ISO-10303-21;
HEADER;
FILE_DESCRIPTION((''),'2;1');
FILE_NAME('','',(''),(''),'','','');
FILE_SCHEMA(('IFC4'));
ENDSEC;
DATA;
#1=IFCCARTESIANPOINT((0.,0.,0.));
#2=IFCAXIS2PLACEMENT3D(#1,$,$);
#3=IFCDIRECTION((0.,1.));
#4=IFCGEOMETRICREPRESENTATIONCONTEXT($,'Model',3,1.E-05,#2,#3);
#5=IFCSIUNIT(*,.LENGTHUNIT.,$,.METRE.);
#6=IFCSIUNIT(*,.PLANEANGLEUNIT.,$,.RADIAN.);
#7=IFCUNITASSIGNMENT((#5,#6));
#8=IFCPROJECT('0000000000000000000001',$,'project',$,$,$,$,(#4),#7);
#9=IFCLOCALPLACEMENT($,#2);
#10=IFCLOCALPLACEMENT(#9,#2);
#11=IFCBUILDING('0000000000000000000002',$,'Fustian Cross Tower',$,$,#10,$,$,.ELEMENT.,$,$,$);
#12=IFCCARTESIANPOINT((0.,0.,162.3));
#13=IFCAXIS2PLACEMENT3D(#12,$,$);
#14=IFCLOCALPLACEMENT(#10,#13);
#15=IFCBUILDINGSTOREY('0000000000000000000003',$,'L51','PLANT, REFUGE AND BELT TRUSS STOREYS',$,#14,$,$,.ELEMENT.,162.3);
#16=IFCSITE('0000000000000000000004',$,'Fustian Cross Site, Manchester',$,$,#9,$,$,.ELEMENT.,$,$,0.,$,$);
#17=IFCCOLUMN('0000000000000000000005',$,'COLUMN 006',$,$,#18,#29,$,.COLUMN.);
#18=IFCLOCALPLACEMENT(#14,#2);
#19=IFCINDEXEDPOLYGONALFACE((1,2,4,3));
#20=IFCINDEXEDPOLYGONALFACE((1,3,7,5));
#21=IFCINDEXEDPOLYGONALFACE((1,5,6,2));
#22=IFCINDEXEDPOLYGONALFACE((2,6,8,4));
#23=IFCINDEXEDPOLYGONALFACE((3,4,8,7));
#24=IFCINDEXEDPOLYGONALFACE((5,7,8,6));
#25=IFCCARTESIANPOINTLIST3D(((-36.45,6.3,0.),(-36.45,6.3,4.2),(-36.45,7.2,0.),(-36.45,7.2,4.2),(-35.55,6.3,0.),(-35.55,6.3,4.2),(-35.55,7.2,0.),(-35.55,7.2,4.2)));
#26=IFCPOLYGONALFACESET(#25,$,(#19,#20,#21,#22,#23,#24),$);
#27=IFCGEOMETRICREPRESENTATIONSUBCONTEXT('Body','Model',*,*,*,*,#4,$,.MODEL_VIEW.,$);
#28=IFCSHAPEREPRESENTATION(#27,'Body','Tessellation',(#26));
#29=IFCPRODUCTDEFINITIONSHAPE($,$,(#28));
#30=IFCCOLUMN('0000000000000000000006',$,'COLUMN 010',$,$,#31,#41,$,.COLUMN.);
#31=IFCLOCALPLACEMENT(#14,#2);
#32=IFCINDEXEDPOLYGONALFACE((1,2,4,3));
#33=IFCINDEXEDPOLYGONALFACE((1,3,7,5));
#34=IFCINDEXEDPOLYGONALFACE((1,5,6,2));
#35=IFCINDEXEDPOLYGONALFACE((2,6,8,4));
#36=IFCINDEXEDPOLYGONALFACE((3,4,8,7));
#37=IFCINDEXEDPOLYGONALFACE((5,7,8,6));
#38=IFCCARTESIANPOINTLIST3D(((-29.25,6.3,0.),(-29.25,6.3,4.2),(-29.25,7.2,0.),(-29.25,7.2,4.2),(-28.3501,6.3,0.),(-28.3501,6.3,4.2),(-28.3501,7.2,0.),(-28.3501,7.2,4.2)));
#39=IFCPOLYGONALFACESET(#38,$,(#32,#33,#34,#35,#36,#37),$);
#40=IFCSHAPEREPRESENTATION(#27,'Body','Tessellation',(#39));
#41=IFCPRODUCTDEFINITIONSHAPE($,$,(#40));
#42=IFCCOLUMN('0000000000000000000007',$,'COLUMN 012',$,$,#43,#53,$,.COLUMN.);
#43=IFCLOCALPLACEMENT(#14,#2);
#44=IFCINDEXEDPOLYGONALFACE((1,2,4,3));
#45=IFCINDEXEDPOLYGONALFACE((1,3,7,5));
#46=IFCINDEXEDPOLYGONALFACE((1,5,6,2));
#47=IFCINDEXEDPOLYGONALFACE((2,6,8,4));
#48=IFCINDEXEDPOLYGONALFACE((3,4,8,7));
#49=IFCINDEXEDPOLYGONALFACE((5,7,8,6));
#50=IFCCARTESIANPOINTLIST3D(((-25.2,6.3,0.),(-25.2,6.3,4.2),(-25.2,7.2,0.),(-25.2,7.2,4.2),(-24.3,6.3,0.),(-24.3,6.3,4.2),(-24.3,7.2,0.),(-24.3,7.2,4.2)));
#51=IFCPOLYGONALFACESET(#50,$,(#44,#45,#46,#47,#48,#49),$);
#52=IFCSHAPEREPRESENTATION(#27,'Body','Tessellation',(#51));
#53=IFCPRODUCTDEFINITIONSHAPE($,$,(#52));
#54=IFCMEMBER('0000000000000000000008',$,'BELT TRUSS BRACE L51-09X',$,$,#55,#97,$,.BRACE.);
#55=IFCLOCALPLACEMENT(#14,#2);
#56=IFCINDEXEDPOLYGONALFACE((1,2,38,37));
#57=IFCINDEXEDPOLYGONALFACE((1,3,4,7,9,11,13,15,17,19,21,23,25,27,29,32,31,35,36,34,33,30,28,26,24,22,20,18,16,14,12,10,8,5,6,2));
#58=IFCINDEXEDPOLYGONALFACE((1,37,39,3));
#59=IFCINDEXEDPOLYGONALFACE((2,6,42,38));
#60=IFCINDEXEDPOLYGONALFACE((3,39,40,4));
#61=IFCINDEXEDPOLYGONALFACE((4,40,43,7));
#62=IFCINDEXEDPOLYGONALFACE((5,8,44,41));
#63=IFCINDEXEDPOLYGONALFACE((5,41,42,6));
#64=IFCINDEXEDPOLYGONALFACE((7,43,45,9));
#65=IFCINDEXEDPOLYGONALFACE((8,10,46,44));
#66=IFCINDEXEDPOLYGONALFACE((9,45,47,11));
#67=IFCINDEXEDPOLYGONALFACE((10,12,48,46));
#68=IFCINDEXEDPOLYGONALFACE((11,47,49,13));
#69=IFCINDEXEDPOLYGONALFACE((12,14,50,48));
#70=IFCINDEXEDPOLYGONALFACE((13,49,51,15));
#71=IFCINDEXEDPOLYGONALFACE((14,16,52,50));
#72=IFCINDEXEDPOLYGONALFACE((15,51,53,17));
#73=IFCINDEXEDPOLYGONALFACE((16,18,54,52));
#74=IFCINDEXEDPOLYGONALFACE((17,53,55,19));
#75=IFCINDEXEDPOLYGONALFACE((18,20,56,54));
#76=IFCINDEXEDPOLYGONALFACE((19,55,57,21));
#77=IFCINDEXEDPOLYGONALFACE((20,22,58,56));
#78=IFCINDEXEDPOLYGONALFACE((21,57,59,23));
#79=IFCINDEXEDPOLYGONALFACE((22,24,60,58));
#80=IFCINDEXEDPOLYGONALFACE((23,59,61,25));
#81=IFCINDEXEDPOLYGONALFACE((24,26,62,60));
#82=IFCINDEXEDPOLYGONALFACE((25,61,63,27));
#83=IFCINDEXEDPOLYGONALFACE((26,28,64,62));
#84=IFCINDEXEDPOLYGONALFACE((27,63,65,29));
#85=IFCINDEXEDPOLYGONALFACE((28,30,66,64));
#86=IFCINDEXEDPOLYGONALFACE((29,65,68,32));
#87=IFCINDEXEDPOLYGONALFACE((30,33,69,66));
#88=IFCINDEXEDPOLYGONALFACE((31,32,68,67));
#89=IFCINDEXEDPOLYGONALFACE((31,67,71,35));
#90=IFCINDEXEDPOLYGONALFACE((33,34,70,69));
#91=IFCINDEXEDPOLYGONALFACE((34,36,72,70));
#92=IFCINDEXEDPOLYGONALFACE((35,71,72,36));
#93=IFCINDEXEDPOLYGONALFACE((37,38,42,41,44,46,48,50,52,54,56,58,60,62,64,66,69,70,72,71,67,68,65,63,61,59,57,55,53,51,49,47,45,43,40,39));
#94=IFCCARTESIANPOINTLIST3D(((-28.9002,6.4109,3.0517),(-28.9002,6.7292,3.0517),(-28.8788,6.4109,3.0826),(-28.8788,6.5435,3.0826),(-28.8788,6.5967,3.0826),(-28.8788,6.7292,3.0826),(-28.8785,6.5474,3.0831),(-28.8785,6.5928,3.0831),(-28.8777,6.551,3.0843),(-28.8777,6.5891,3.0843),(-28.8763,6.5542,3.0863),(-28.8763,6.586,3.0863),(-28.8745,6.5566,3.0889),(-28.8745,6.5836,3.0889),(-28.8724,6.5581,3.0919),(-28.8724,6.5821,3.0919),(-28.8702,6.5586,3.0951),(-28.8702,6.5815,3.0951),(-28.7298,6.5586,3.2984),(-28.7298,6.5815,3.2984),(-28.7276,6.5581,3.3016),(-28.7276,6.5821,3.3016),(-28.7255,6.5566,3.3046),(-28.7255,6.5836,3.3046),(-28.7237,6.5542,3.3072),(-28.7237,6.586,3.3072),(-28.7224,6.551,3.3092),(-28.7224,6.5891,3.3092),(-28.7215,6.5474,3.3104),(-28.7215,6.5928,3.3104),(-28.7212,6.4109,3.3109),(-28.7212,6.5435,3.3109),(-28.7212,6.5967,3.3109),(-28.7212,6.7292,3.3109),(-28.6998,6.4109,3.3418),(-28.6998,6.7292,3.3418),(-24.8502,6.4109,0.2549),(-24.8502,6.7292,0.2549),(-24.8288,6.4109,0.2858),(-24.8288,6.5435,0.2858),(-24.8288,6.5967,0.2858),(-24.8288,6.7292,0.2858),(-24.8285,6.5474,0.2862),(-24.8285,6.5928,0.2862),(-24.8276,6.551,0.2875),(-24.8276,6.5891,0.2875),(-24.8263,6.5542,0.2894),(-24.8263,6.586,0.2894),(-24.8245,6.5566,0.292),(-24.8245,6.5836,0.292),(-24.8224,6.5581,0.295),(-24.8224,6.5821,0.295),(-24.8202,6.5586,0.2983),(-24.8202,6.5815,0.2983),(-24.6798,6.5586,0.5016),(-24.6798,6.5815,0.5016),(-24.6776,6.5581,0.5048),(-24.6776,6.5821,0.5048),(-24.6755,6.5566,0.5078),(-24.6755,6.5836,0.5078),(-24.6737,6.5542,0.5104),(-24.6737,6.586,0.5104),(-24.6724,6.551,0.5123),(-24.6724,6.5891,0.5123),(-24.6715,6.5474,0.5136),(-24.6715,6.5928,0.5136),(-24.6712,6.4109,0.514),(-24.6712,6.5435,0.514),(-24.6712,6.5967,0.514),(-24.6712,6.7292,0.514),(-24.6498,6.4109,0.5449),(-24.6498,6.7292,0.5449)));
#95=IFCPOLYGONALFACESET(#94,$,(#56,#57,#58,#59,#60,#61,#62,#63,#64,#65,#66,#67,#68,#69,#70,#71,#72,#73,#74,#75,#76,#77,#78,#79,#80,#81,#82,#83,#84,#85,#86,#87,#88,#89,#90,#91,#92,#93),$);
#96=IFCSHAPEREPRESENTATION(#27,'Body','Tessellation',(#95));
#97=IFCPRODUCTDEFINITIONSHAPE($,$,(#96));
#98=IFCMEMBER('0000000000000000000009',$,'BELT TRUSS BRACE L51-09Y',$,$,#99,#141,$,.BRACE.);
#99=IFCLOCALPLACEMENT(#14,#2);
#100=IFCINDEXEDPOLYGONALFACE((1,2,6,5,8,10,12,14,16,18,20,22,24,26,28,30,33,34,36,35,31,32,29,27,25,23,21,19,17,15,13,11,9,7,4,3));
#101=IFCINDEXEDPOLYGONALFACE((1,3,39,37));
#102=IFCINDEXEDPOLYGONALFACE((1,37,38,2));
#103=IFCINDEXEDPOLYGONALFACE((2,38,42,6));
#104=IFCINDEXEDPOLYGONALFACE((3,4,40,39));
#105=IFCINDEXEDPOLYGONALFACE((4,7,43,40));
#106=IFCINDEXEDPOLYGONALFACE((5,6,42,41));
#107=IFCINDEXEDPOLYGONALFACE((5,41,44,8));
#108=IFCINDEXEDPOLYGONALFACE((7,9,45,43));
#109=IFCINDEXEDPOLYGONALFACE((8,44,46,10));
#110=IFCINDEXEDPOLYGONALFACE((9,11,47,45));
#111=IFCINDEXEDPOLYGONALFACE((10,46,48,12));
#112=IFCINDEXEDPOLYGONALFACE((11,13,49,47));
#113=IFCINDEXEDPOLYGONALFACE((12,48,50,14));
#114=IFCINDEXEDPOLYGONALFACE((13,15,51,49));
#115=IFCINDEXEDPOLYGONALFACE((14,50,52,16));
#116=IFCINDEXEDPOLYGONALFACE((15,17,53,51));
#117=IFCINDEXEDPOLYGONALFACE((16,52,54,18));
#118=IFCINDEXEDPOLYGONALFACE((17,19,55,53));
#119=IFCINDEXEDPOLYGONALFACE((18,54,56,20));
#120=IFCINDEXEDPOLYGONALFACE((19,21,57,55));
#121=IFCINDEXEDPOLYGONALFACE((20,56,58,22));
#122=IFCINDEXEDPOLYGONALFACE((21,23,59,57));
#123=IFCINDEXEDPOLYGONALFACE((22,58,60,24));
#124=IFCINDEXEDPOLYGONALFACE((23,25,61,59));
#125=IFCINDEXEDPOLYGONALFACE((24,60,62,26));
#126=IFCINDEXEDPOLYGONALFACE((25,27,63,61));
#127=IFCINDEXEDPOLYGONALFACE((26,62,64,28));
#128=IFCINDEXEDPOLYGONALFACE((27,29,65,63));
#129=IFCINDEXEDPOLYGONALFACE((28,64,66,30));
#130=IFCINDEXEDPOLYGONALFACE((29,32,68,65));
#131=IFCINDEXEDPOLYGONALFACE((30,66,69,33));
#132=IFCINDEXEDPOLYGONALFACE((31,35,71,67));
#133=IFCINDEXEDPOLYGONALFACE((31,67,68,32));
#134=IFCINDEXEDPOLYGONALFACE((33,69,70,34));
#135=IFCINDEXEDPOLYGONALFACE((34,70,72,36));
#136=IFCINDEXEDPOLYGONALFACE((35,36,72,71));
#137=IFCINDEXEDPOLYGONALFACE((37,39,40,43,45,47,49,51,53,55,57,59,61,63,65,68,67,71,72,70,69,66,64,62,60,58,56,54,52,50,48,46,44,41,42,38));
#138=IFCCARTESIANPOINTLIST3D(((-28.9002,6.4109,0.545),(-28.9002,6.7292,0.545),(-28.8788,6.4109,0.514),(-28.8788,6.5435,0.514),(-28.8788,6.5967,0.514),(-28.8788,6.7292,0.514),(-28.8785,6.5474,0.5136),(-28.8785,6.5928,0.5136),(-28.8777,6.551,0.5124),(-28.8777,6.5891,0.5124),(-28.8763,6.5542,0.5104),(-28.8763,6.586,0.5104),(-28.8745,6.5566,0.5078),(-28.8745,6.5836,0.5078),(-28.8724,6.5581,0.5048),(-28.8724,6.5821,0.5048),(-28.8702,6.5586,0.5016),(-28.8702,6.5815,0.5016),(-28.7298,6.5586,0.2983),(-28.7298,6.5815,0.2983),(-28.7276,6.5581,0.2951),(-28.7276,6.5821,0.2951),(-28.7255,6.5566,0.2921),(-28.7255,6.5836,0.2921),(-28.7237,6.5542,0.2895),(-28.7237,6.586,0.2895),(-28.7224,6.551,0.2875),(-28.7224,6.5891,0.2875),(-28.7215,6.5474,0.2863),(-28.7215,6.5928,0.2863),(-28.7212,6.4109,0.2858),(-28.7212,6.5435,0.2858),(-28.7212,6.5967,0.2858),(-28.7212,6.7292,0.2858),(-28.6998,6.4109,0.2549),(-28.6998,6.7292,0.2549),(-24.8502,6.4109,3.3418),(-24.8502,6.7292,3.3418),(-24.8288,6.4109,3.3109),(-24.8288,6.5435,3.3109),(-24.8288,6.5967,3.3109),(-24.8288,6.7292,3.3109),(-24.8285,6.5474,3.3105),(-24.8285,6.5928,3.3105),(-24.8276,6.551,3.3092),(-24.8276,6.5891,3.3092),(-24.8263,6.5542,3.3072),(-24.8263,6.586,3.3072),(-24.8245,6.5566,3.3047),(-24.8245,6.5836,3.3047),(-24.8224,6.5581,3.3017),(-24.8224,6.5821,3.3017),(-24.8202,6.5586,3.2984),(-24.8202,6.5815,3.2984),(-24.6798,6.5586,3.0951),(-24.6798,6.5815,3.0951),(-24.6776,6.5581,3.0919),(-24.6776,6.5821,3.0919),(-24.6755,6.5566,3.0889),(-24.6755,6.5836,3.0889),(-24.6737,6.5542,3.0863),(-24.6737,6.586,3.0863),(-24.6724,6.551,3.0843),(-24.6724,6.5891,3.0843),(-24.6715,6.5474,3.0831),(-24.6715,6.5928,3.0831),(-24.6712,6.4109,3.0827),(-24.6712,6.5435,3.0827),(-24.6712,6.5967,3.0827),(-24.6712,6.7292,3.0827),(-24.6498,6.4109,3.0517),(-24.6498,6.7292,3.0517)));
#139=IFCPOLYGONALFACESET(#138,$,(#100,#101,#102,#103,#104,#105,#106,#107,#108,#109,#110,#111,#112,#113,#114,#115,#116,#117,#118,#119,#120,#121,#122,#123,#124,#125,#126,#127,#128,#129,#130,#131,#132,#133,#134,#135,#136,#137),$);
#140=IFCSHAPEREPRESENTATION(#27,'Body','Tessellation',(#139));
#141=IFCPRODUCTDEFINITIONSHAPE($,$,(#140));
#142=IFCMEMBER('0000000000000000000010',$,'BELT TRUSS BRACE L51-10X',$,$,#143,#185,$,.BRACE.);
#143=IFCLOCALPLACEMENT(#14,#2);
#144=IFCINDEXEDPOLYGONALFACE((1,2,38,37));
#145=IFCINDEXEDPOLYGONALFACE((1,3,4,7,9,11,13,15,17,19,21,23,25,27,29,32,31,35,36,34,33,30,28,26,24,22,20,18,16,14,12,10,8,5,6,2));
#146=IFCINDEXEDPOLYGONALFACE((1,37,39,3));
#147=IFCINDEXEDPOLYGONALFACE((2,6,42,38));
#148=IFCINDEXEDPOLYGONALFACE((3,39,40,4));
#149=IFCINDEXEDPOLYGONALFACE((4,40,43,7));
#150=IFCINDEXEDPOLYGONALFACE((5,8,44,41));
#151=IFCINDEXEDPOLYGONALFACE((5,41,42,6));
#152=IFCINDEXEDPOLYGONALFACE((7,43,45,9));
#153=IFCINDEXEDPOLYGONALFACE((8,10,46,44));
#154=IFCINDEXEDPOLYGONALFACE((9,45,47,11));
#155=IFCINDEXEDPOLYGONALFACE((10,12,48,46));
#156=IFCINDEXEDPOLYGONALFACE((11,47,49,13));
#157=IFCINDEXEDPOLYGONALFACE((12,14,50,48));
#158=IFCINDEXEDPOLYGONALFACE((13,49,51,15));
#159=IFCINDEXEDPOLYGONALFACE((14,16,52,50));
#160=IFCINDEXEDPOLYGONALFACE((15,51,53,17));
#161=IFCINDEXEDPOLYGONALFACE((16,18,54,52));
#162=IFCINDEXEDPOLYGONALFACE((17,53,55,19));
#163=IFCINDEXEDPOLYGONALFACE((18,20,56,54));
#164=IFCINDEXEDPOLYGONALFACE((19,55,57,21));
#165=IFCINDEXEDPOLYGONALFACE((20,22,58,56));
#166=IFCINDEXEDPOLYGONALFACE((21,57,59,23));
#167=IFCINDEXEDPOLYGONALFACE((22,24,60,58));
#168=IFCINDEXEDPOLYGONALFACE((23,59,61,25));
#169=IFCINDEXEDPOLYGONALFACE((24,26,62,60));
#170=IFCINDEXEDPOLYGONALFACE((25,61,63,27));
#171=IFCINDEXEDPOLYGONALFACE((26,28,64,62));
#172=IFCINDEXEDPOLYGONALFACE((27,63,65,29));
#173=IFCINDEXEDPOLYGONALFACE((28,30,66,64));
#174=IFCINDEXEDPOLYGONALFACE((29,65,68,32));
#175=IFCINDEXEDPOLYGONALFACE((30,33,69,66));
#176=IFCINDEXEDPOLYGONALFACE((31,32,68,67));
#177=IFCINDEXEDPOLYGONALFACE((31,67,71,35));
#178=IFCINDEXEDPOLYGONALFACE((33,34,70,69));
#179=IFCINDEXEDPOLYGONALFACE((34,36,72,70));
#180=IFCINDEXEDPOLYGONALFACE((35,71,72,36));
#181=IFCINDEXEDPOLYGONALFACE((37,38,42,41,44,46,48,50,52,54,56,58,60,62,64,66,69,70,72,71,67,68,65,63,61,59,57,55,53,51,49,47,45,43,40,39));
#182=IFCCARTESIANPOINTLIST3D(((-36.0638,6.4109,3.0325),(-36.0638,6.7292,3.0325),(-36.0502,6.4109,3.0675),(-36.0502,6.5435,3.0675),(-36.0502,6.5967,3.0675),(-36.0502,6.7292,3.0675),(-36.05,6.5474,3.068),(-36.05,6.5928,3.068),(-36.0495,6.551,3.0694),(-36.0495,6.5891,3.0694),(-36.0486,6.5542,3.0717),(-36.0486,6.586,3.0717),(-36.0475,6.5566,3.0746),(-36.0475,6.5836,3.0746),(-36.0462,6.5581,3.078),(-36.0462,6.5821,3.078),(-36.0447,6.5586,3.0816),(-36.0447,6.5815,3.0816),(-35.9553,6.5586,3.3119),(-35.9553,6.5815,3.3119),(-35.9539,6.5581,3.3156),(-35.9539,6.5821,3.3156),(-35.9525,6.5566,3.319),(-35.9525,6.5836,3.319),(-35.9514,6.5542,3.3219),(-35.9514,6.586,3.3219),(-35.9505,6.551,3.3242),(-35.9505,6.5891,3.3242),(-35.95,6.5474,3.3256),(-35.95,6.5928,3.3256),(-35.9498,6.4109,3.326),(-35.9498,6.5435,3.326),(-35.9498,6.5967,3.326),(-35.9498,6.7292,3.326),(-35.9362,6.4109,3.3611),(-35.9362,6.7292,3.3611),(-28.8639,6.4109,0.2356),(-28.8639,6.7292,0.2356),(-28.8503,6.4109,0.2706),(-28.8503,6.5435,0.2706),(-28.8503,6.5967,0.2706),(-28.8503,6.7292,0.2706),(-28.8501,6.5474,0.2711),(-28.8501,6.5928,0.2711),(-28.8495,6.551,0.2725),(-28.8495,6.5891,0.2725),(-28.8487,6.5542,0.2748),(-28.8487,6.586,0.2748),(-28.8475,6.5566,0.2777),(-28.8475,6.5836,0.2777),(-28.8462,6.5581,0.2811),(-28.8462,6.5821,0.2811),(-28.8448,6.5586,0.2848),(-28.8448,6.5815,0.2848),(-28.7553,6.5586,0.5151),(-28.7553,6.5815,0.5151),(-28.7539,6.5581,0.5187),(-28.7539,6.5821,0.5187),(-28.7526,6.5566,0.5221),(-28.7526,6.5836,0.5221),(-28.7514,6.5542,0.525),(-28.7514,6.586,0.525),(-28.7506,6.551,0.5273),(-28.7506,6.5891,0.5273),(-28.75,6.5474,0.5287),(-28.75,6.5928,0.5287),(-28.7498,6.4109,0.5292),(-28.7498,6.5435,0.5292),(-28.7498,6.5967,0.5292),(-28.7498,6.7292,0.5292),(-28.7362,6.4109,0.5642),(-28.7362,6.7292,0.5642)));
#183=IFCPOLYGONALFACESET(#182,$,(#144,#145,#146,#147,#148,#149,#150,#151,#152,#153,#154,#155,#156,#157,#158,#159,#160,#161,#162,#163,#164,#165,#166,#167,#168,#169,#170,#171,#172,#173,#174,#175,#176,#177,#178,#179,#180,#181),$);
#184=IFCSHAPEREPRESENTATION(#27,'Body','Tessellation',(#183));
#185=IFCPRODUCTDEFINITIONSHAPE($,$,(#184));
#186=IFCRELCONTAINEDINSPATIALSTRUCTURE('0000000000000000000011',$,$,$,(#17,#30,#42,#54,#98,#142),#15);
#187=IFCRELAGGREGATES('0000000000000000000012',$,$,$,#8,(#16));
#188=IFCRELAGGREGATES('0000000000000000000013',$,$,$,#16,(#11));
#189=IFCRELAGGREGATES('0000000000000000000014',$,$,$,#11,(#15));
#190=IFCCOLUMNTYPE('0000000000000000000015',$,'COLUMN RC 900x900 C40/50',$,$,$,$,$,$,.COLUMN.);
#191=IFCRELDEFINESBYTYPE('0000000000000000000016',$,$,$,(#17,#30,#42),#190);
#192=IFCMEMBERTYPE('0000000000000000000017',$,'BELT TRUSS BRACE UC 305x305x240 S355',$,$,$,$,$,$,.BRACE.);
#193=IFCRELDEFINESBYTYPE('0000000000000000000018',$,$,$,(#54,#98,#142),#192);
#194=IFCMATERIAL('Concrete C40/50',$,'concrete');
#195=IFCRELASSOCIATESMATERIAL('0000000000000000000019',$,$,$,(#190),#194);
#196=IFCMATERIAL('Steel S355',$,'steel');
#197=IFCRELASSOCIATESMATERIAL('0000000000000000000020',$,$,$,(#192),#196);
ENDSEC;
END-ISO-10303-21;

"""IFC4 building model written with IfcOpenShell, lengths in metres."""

from ifc_helpers import new_model, si_unit, direction, frame, origin, origin_2d, place, context, subcontext, project, spatial, rectangle, i_section, extrude, material, material_profile, profile_set, type_object, element, save


model = new_model("IFC4")

# Units and contexts
model_context = context("Model", 3, precision=1e-05, world=origin(), true_north=direction((0.0, 1.0)))
body_context = subcontext(model_context, "Body", "Model", "MODEL_VIEW")
ifc_project = project(units=[si_unit("LENGTHUNIT", "METRE"), si_unit("PLANEANGLEUNIT", "RADIAN")], contexts=[model_context])

# Site, building, storey
site_placement = place(None, origin())
site = spatial("IfcSite", under=ifc_project, at=site_placement, Name="Fustian Cross Site, Manchester", CompositionType="ELEMENT", RefElevation=0.0)
building_placement = place(site_placement, origin())
building = spatial("IfcBuilding", under=site, at=building_placement, Name="Fustian Cross Tower", CompositionType="ELEMENT")
storey_placement = place(building_placement, frame((0.0, 0.0, 162.3)))
storey = spatial("IfcBuildingStorey", under=building, at=storey_placement, Name="L51", Description="PLANT, REFUGE AND BELT TRUSS STOREYS", CompositionType="ELEMENT", Elevation=162.3)

# Columns
ifc_material_1 = material(Name="Concrete C40/50", Category="concrete")
ifc_material_profile_1 = material_profile(ifc_material_1, rectangle(XDim=0.8999, YDim=0.8999, at=origin_2d()), Name="RC 900x900")
ifc_profile_set_1 = profile_set([ifc_material_profile_1], Name="Concrete C40/50")
column_type = type_object("IfcColumnType", Name="COLUMN RC 900x900 C40/50", PredefinedType="COLUMN", material=ifc_profile_set_1)
for number, where, z_axis, x_axis, name in (
    (1, (-36.0, 6.75, 0.0), (0.0, 0.0, 1.0), (1.0, 0.0, 0.0), "COLUMN 006"),
    (2, (-28.8, 6.75, 0.0), (0.0, 0.0, 1.0), (1.0, 0.0, 0.0), "COLUMN 010"),
    (3, (-24.75, 6.75, 0.0), (0.0, 0.0, 1.0), (1.0, 0.0, 0.0), "COLUMN 012"),
):
    element("IfcColumn", number, at=place(storey_placement, frame(where, z_axis=z_axis, x_axis=x_axis)), inside=storey, type_object=column_type, Name=name, PredefinedType="COLUMN", context=body_context, shape_type="SweptSolid", body=[
        extrude(rectangle(XDim=0.8999, YDim=0.8999, at=origin_2d()), origin(), (0.0, 0.0, 1.0), 4.2),
    ])

# Members
ifc_material_2 = material(Name="Steel S355", Category="steel")
ifc_material_profile_2 = material_profile(ifc_material_2, i_section(OverallWidth=0.3184, OverallDepth=0.3525, WebThickness=0.0229, FlangeThickness=0.0376, FilletRadius=0.0151, at=origin_2d()), Name="UC 305x305x240")
ifc_profile_set_2 = profile_set([ifc_material_profile_2], Name="Steel S355")
member_type_1 = type_object("IfcMemberType", Name="BELT TRUSS BRACE UC 305x305x240 S355", PredefinedType="BRACE", material=ifc_profile_set_2)
for number, where, z_axis, x_axis, name in (
    (4, (-24.75, 6.5701, 0.3999), (-0.822858, 0.0, 0.568247), (0.0, -1.0, 0.0), "BELT TRUSS BRACE L51-09X"),
    (5, (-24.75, 6.5701, 3.1968), (-0.822858, 0.0, -0.568247), (0.0, -1.0, 0.0), "BELT TRUSS BRACE L51-09Y"),
):
    element("IfcMember", number, at=place(storey_placement, frame(where, z_axis=z_axis, x_axis=x_axis)), inside=storey, type_object=member_type_1, Name=name, PredefinedType="BRACE", context=body_context, shape_type="SweptSolid", body=[
        extrude(i_section(OverallWidth=0.3184, OverallDepth=0.3525, WebThickness=0.0229, FlangeThickness=0.0376, FilletRadius=0.0151, at=origin_2d()), origin(), (0.0, 0.0, 1.0), 4.9219),
    ])
for number, where, z_axis, x_axis, name in (
    (6, (-28.8, 6.5701, 0.3999), (-0.93214, 0.0, 0.362097), (0.0, -1.0, 0.0), "BELT TRUSS BRACE L51-10X"),
):
    element("IfcMember", number, at=place(storey_placement, frame(where, z_axis=z_axis, x_axis=x_axis)), inside=storey, type_object=member_type_1, Name=name, PredefinedType="BRACE", context=body_context, shape_type="SweptSolid", body=[
        extrude(i_section(OverallWidth=0.3184, OverallDepth=0.3525, WebThickness=0.0229, FlangeThickness=0.0376, FilletRadius=0.0151, at=origin_2d()), origin(), (0.0, 0.0, 1.0), 7.7241),
    ])

save(model, "model.ifc")
